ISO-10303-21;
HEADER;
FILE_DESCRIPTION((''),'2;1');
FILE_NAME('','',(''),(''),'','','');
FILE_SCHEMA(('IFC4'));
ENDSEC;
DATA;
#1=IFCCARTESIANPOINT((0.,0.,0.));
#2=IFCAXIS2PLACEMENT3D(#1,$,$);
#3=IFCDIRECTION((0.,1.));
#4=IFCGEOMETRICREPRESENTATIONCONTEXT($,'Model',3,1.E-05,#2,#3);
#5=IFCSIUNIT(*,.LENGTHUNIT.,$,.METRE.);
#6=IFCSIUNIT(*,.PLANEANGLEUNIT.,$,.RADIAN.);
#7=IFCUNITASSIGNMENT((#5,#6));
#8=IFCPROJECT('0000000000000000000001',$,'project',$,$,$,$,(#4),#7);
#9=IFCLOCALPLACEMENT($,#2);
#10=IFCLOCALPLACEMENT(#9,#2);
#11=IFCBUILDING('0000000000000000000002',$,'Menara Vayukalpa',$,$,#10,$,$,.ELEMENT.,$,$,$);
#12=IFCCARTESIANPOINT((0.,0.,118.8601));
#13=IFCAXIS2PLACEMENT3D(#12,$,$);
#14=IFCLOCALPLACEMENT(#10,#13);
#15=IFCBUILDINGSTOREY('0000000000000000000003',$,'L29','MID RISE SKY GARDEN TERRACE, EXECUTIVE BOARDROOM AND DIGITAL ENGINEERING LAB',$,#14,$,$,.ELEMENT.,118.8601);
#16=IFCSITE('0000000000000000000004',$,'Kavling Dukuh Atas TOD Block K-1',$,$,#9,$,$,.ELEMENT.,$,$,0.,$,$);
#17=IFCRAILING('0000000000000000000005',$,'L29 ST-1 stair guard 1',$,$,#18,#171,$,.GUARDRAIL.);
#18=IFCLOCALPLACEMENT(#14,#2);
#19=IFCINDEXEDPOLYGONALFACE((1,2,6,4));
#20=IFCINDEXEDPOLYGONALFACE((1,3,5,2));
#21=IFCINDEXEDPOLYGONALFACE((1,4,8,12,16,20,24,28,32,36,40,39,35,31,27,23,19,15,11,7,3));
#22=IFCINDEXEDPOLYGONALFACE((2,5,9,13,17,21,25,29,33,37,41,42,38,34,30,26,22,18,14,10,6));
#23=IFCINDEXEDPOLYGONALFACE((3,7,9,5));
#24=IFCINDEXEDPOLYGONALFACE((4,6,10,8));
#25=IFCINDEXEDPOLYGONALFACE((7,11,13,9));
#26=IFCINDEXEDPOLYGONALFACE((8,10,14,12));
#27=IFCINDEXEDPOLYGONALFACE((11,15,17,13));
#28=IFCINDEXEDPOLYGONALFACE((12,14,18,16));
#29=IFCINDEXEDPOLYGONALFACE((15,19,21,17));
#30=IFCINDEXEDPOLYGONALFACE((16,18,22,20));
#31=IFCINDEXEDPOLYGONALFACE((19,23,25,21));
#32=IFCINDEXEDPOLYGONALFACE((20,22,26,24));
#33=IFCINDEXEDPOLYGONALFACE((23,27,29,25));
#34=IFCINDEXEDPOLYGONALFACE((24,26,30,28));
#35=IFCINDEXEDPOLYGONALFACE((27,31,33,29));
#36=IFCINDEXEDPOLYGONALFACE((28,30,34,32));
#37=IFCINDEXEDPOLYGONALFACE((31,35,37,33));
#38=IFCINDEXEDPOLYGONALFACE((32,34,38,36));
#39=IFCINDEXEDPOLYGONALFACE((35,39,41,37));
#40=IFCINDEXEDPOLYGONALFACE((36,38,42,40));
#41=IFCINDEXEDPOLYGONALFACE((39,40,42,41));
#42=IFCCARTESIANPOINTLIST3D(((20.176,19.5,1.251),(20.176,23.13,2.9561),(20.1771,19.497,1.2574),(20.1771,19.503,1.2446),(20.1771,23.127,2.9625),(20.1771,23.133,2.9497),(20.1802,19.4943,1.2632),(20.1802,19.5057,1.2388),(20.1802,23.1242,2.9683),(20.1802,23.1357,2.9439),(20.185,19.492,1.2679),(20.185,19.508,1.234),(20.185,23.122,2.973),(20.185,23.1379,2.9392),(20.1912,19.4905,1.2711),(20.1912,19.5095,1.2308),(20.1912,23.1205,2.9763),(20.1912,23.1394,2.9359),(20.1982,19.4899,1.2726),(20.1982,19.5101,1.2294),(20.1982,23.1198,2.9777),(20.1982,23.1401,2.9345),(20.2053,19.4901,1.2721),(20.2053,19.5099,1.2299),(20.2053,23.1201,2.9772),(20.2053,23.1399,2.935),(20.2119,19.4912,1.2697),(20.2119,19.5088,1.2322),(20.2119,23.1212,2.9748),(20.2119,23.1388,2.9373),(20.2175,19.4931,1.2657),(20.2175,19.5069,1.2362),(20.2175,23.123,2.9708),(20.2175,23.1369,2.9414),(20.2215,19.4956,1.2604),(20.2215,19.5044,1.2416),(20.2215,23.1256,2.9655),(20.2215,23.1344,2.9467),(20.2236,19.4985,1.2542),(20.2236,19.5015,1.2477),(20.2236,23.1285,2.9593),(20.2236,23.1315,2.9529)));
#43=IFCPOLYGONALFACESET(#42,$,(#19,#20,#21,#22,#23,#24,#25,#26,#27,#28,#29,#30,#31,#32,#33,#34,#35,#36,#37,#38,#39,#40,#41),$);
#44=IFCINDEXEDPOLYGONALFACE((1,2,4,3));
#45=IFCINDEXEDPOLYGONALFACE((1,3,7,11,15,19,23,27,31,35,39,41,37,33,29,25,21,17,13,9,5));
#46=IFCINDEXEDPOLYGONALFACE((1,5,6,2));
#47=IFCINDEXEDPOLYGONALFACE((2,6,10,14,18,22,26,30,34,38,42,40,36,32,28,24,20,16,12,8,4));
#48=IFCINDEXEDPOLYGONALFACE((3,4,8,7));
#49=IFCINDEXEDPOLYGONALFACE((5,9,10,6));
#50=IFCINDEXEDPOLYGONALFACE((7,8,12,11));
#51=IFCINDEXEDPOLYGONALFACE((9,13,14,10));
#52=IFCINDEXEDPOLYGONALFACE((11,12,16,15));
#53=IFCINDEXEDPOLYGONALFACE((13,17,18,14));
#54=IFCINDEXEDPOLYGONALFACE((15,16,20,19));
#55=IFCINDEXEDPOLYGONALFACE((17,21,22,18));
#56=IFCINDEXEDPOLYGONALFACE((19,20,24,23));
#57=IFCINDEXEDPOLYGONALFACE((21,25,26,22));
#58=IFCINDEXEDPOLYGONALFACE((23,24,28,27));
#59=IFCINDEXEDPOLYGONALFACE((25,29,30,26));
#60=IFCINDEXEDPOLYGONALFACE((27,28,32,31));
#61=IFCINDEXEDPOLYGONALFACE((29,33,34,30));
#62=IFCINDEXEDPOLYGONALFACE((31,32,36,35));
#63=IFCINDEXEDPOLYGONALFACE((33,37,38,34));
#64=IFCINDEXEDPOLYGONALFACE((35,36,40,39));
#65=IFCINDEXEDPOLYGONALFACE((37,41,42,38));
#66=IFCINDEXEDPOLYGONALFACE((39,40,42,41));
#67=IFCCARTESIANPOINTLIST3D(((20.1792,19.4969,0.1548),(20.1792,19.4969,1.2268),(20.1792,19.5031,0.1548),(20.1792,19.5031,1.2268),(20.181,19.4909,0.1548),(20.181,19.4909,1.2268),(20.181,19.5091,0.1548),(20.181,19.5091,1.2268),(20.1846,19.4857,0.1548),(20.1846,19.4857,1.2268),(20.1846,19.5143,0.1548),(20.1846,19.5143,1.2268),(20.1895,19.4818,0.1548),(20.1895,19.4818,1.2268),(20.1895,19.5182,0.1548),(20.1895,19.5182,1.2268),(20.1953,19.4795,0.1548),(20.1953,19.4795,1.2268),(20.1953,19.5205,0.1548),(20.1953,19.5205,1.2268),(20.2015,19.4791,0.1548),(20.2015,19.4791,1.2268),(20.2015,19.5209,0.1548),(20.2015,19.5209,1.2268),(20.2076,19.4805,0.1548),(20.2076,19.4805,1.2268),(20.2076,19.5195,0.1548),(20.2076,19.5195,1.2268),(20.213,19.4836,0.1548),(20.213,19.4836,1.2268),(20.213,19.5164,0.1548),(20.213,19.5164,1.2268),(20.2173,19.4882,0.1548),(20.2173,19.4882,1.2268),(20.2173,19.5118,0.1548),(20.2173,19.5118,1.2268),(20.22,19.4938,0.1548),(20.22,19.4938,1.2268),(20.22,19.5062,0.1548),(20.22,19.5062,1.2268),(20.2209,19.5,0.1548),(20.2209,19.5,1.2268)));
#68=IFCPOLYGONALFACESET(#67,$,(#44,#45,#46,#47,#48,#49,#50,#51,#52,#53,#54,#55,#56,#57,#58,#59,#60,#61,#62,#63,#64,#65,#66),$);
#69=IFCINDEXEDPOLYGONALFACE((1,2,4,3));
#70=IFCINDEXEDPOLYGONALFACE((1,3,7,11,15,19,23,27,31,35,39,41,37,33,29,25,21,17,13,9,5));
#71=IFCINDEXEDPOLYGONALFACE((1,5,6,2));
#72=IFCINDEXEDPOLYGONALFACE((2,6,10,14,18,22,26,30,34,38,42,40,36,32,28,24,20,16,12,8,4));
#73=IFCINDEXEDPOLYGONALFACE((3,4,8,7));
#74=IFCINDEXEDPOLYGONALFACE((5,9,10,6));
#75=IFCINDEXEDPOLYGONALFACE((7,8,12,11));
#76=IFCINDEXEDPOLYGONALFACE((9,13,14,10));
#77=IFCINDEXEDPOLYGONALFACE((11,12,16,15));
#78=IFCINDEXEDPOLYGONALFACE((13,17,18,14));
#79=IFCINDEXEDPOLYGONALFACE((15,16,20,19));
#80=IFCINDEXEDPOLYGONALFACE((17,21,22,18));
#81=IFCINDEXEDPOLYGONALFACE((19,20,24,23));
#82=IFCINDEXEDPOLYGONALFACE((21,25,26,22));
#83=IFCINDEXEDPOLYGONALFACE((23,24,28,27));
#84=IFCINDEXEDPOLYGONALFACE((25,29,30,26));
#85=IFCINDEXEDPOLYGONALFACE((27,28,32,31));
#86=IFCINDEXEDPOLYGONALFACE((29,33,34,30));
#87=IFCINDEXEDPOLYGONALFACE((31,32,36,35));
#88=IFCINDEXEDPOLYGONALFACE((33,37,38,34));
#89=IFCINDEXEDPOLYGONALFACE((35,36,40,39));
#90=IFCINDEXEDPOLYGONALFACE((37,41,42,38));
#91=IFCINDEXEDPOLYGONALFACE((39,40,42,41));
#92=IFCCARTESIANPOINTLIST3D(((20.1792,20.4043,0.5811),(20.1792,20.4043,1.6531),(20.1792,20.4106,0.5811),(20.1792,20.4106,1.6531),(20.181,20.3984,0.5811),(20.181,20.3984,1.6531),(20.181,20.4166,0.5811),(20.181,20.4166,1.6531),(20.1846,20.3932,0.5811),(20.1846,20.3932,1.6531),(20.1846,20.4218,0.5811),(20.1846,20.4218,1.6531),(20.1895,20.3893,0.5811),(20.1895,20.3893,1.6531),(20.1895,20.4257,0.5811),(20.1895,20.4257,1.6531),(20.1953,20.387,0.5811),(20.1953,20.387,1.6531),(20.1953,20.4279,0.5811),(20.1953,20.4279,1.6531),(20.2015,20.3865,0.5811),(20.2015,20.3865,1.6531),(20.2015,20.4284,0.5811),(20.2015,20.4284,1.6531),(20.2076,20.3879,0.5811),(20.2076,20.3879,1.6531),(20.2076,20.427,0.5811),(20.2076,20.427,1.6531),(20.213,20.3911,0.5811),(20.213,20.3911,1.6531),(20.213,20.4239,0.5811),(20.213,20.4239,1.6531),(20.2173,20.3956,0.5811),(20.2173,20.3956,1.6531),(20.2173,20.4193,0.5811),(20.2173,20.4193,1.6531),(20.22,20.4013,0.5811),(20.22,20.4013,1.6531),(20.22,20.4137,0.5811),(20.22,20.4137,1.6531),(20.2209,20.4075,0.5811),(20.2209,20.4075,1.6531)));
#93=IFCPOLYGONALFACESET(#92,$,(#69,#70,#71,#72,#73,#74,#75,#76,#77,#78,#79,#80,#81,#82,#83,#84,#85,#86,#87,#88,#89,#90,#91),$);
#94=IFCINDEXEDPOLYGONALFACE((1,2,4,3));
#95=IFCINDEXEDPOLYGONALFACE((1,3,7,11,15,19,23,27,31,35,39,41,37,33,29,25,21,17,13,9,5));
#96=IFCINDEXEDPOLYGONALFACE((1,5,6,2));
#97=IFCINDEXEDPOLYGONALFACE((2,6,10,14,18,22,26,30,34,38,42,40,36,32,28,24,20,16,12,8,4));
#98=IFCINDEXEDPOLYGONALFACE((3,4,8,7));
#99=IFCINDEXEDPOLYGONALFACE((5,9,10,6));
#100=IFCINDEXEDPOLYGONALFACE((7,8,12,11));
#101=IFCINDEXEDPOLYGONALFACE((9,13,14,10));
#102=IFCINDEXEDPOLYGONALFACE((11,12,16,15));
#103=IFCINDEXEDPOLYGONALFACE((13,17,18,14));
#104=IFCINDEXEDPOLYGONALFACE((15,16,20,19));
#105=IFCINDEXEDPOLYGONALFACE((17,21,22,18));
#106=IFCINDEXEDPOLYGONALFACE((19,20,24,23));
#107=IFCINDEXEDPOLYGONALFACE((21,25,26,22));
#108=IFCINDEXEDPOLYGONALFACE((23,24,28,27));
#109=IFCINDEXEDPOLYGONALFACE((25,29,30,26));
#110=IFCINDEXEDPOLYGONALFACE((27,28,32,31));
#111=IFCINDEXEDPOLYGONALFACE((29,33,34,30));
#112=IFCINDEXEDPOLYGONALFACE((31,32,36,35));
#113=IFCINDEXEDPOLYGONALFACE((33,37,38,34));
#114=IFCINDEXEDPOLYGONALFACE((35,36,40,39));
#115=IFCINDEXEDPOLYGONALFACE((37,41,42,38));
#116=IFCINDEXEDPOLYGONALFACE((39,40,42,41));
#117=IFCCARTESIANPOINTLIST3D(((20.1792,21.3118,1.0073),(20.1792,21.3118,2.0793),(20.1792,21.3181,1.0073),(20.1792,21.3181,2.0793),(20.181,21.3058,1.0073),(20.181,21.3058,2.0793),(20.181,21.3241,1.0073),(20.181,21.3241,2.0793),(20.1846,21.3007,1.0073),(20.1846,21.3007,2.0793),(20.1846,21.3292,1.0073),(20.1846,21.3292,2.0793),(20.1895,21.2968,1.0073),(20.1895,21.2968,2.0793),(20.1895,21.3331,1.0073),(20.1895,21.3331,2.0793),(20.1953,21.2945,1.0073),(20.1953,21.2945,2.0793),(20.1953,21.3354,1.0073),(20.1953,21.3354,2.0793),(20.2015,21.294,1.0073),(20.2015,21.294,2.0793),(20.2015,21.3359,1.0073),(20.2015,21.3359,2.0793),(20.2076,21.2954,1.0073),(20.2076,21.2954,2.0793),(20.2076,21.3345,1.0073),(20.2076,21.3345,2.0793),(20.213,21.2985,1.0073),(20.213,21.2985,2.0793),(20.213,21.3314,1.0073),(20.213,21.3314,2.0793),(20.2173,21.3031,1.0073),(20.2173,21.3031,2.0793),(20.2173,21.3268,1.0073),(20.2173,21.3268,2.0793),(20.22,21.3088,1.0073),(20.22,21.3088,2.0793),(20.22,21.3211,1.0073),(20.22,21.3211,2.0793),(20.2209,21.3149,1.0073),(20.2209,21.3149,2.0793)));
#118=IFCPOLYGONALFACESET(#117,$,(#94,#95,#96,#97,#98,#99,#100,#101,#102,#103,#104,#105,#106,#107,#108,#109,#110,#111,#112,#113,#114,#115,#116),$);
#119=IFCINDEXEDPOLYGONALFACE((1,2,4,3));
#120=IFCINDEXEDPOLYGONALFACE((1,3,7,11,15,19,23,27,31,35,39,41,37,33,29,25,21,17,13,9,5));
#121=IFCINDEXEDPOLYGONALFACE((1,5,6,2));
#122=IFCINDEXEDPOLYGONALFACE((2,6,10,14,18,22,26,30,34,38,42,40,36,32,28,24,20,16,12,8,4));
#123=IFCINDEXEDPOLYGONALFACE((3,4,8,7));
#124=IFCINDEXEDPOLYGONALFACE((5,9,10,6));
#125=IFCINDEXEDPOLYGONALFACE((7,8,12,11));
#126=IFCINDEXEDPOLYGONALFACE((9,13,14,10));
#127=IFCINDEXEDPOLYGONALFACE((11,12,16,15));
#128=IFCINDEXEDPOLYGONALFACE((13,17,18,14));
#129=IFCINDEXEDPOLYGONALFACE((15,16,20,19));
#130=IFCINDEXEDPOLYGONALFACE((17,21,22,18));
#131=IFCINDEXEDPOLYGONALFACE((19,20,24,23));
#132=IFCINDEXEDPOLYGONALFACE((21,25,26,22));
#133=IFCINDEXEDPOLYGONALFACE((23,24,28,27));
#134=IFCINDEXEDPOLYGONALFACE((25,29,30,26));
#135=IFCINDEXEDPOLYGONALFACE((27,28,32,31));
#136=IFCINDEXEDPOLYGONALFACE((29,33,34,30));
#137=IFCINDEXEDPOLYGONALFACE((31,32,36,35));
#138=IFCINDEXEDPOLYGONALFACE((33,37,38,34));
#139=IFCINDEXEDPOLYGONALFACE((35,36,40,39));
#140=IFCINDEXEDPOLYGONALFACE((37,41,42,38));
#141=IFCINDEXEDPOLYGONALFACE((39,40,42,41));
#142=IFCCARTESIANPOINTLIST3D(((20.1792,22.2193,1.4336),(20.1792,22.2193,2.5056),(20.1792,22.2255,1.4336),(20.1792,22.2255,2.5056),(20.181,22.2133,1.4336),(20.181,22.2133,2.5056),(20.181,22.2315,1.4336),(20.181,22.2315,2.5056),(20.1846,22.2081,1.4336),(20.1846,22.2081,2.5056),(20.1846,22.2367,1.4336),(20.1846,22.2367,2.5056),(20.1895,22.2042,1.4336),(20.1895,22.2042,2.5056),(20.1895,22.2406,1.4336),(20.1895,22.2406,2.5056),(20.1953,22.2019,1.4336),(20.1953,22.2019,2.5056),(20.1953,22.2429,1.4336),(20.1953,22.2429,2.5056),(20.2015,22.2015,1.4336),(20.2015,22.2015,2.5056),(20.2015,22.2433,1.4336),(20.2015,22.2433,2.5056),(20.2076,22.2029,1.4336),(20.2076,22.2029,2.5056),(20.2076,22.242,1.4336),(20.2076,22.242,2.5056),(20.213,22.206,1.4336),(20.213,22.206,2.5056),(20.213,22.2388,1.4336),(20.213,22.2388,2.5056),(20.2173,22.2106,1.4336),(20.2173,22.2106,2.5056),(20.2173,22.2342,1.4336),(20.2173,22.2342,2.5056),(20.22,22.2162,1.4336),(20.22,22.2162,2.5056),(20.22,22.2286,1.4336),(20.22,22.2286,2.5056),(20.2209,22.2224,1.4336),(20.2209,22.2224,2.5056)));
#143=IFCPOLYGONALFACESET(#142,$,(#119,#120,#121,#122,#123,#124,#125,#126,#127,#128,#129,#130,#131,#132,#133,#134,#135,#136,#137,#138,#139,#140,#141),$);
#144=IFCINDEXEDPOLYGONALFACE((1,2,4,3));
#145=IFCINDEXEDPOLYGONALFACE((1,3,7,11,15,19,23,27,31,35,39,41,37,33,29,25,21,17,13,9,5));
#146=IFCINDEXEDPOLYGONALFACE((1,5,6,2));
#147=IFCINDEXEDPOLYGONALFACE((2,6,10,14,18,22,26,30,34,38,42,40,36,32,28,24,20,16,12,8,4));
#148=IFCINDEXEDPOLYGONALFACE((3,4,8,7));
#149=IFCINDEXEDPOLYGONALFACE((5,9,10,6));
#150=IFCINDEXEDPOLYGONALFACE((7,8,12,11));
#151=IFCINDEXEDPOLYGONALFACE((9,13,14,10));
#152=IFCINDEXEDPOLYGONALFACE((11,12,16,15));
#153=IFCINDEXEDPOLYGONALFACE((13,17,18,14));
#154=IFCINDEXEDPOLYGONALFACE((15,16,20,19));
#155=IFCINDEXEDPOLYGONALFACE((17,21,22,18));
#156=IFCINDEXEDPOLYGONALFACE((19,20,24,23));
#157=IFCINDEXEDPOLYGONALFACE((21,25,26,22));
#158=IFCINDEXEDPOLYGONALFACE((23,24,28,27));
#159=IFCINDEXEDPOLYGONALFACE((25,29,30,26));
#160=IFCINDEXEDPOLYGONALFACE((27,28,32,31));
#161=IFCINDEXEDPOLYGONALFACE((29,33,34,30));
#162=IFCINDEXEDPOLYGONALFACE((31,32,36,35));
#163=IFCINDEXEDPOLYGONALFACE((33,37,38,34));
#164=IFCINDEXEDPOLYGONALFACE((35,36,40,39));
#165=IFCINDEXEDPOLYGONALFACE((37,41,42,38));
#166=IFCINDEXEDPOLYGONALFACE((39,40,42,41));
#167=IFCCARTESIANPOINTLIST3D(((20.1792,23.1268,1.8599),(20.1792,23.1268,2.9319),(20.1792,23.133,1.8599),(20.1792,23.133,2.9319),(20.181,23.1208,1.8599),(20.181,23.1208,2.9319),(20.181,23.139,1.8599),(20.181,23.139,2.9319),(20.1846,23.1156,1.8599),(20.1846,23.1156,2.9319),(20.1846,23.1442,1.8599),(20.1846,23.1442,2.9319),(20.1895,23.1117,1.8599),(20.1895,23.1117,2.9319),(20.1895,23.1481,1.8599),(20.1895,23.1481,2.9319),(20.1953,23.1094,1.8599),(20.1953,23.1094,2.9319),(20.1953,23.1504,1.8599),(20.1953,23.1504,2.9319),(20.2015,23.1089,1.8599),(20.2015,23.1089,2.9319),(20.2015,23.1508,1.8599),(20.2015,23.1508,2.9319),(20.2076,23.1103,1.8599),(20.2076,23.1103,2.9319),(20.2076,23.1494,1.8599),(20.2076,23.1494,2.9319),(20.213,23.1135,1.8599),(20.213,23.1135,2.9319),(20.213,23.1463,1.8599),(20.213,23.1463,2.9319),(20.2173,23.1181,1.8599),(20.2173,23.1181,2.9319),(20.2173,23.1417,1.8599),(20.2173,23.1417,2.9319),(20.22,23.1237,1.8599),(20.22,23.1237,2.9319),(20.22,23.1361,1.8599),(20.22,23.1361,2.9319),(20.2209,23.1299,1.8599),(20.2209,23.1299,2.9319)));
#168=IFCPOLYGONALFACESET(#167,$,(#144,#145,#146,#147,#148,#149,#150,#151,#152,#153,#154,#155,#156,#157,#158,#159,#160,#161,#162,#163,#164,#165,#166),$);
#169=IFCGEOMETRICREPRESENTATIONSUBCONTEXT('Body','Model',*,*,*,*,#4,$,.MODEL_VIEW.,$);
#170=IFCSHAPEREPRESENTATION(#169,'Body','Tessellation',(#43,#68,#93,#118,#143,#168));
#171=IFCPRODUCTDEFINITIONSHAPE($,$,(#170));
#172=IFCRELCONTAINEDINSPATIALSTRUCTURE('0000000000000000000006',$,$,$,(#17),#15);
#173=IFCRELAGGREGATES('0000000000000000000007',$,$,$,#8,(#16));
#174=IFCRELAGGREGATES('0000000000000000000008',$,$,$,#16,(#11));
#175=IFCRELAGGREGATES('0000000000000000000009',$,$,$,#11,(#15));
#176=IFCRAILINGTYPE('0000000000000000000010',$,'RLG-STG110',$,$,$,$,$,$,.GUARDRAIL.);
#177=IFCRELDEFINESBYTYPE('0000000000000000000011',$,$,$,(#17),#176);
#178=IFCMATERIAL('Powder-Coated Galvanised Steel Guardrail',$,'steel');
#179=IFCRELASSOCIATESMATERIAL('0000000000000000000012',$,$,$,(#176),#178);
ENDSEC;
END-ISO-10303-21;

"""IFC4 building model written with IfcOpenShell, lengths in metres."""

from ifc_helpers import new_model, si_unit, direction, frame, origin, origin_2d, place, context, subcontext, project, spatial, circle, extrude, material, type_object, element, save


model = new_model("IFC4")

# Units and contexts
model_context = context("Model", 3, precision=1e-05, world=origin(), true_north=direction((0.0, 1.0)))
body_context = subcontext(model_context, "Body", "Model", "MODEL_VIEW")
ifc_project = project(units=[si_unit("LENGTHUNIT", "METRE"), si_unit("PLANEANGLEUNIT", "RADIAN")], contexts=[model_context])

# Site, building, storey
site_placement = place(None, origin())
site = spatial("IfcSite", under=ifc_project, at=site_placement, Name="Kavling Dukuh Atas TOD Block K-1", CompositionType="ELEMENT", RefElevation=0.0)
building_placement = place(site_placement, origin())
building = spatial("IfcBuilding", under=site, at=building_placement, Name="Menara Vayukalpa", CompositionType="ELEMENT")
storey_placement = place(building_placement, frame((0.0, 0.0, 118.8601)))
storey = spatial("IfcBuildingStorey", under=building, at=storey_placement, Name="L29", Description="MID RISE SKY GARDEN TERRACE, EXECUTIVE BOARDROOM AND DIGITAL ENGINEERING LAB", CompositionType="ELEMENT", Elevation=118.8601)

# Railing
ifc_material_1 = material(Name="Powder-Coated Galvanised Steel Guardrail", Category="steel")
railing_type_1 = type_object("IfcRailingType", Name="RLG-STG110", PredefinedType="GUARDRAIL", material=ifc_material_1)
railing_1_placement = place(storey_placement, frame((20.2, 19.5, 0.1548)))
element("IfcRailing", 1, at=railing_1_placement, inside=storey, type_object=railing_type_1, Name="L29 ST-1 stair guard 1", PredefinedType="GUARDRAIL", context=body_context, shape_type="SweptSolid", body=[
    extrude(circle(Radius=0.0239, at=origin_2d()), frame((0.0, 0.0, 1.0962), z_axis=(0.0, 0.905116, 0.425164), x_axis=(-1.0, 0.0, 0.0)), (0.0, 0.0, 1.0), 4.0105),
    extrude(circle(Radius=0.021, at=origin_2d()), origin(), (0.0, 0.0, 1.0), 1.072),
    extrude(circle(Radius=0.021, at=origin_2d()), frame((0.0, 0.9075, 0.4263)), (0.0, 0.0, 1.0), 1.072),
    extrude(circle(Radius=0.021, at=origin_2d()), frame((0.0, 1.8149, 0.8525)), (0.0, 0.0, 1.0), 1.072),
    extrude(circle(Radius=0.021, at=origin_2d()), frame((0.0, 2.7224, 1.2788)), (0.0, 0.0, 1.0), 1.072),
    extrude(circle(Radius=0.021, at=origin_2d()), frame((0.0, 3.6299, 1.7051)), (0.0, 0.0, 1.0), 1.072),
])

save(model, "model.ifc")
